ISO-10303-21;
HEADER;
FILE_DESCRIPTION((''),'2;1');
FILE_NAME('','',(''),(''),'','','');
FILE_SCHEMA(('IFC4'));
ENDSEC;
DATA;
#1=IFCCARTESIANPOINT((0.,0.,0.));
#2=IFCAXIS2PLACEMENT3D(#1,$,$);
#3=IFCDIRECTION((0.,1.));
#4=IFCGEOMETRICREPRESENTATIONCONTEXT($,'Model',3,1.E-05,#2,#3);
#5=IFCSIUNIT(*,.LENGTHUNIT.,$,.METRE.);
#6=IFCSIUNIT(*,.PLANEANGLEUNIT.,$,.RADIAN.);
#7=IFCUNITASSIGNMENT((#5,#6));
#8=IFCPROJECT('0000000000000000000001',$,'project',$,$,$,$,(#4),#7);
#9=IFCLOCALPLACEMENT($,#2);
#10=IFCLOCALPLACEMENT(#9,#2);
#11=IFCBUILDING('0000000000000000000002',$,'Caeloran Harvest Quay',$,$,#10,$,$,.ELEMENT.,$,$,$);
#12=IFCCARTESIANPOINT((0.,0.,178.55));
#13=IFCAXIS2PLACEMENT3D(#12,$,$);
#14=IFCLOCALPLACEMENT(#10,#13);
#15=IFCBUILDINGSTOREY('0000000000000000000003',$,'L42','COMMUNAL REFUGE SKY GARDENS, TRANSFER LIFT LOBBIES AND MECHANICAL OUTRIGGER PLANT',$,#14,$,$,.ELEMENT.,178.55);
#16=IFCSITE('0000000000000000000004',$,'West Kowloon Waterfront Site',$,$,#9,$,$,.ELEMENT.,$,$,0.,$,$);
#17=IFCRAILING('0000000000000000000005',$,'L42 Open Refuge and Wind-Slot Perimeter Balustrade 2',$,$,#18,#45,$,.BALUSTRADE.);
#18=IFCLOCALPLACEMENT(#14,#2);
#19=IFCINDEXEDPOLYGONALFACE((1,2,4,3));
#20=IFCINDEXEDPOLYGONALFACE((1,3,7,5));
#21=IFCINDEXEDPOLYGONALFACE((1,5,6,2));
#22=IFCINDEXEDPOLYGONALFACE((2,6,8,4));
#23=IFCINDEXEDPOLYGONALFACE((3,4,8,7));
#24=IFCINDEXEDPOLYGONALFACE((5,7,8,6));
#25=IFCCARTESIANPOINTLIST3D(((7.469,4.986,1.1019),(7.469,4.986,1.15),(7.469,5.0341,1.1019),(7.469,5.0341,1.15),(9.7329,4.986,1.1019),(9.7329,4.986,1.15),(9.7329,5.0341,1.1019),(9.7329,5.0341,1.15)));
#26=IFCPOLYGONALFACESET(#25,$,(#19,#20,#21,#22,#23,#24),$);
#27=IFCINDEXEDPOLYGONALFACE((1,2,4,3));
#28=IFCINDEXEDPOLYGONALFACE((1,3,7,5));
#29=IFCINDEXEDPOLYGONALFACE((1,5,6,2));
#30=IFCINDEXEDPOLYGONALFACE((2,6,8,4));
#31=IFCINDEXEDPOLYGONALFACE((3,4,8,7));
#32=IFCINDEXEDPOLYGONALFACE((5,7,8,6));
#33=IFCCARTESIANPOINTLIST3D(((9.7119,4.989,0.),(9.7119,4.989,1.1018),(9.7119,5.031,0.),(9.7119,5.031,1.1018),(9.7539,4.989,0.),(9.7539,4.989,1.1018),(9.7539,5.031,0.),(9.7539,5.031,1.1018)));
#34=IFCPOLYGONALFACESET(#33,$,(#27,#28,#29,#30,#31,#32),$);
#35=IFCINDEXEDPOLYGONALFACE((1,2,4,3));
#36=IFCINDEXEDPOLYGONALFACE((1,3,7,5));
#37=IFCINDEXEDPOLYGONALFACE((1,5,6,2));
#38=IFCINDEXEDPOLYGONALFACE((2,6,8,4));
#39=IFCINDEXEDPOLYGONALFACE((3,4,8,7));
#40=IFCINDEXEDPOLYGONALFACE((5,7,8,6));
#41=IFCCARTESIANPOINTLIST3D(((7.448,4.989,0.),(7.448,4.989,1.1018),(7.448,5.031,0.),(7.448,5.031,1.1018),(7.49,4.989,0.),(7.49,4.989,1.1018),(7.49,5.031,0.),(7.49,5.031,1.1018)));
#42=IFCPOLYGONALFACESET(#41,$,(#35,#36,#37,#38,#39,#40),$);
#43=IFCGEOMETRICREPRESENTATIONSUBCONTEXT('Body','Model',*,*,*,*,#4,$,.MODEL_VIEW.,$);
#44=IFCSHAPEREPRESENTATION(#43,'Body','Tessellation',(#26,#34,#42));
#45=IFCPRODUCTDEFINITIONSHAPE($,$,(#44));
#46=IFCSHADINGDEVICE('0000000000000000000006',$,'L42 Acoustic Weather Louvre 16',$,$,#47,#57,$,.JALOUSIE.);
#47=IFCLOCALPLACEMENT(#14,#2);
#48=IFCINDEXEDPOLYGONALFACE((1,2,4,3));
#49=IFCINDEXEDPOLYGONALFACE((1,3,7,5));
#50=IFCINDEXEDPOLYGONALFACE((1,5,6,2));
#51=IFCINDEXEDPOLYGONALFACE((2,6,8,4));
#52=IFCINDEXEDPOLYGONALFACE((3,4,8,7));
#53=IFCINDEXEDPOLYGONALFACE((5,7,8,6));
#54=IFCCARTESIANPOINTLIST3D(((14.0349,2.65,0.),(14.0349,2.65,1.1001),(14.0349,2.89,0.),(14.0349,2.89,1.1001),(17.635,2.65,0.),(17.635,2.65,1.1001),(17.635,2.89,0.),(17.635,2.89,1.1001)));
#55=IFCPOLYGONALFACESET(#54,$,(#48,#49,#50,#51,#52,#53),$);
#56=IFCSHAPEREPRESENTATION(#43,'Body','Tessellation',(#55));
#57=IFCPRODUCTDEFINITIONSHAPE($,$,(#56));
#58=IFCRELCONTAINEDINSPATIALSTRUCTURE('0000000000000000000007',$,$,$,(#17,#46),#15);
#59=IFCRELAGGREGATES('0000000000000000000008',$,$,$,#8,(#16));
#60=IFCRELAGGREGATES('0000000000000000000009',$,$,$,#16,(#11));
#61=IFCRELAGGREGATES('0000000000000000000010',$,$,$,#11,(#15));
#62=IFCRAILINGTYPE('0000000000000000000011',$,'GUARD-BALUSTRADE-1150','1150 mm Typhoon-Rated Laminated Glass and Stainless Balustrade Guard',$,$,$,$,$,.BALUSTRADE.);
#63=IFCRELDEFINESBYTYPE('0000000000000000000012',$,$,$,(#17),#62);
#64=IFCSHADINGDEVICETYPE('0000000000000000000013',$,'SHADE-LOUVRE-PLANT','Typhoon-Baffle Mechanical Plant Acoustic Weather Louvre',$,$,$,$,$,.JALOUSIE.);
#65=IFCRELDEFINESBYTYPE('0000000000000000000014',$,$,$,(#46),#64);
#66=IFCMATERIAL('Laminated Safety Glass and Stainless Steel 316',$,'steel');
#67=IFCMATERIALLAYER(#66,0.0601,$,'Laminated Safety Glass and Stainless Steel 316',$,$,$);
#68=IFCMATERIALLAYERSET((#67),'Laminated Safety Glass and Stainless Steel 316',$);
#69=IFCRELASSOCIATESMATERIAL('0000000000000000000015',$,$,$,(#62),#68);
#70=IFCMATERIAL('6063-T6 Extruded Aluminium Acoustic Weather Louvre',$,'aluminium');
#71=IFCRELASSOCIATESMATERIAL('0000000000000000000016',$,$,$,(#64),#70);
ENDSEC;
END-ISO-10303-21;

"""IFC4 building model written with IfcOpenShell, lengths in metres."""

from ifc_helpers import new_model, si_unit, direction, frame, origin, origin_2d, place, context, subcontext, project, spatial, rectangle, extrude, material, layer, layer_set, type_object, element, save


model = new_model("IFC4")

# Units and contexts
model_context = context("Model", 3, precision=1e-05, world=origin(), true_north=direction((0.0, 1.0)))
body_context = subcontext(model_context, "Body", "Model", "MODEL_VIEW")
ifc_project = project(units=[si_unit("LENGTHUNIT", "METRE"), si_unit("PLANEANGLEUNIT", "RADIAN")], contexts=[model_context])

# Site, building, storey
site_placement = place(None, origin())
site = spatial("IfcSite", under=ifc_project, at=site_placement, Name="West Kowloon Waterfront Site", CompositionType="ELEMENT", RefElevation=0.0)
building_placement = place(site_placement, origin())
building = spatial("IfcBuilding", under=site, at=building_placement, Name="Caeloran Harvest Quay", CompositionType="ELEMENT")
storey_placement = place(building_placement, frame((0.0, 0.0, 178.55)))
storey = spatial("IfcBuildingStorey", under=building, at=storey_placement, Name="L42", Description="COMMUNAL REFUGE SKY GARDENS, TRANSFER LIFT LOBBIES AND MECHANICAL OUTRIGGER PLANT", CompositionType="ELEMENT", Elevation=178.55)

# Railing
ifc_material_1 = material(Name="Laminated Safety Glass and Stainless Steel 316", Category="steel")
ifc_layer_1 = layer(ifc_material_1, 0.0601, Name="Laminated Safety Glass and Stainless Steel 316")
ifc_layer_set_1 = layer_set([ifc_layer_1], Name="Laminated Safety Glass and Stainless Steel 316")
railing_type = type_object("IfcRailingType", Name="GUARD-BALUSTRADE-1150", Description="1150 mm Typhoon-Rated Laminated Glass and Stainless Balustrade Guard", PredefinedType="BALUSTRADE", material=ifc_layer_set_1)
railing_placement = place(storey_placement, frame((9.7329, 5.01, 0.0)))
element("IfcRailing", 1, at=railing_placement, inside=storey, type_object=railing_type, Name="L42 Open Refuge and Wind-Slot Perimeter Balustrade 2", PredefinedType="BALUSTRADE", context=body_context, shape_type="SweptSolid", body=[
    extrude(rectangle(XDim=0.0481, YDim=0.0481, at=origin_2d()), frame((0.0, 0.0, 1.126), z_axis=(-1.0, 0.0, 0.0), x_axis=(0.0, -1.0, 0.0)), (0.0, 0.0, 1.0), 2.2639),
    extrude(rectangle(XDim=0.042, YDim=0.042, at=origin_2d()), origin(), (0.0, 0.0, 1.0), 1.1018),
    extrude(rectangle(XDim=0.042, YDim=0.042, at=origin_2d()), frame((-2.2639, 0.0, 0.0)), (0.0, 0.0, 1.0), 1.1018),
])

# Shading device
ifc_material_2 = material(Name="6063-T6 Extruded Aluminium Acoustic Weather Louvre", Category="aluminium")
shading_device_type = type_object("IfcShadingDeviceType", Name="SHADE-LOUVRE-PLANT", Description="Typhoon-Baffle Mechanical Plant Acoustic Weather Louvre", PredefinedType="JALOUSIE", material=ifc_material_2)
shading_device_placement = place(storey_placement, frame((15.835, 2.77, 0.0), z_axis=(0.0, 0.0, 1.0), x_axis=(-1.0, 0.0, 0.0)))
element("IfcShadingDevice", 2, at=shading_device_placement, inside=storey, type_object=shading_device_type, Name="L42 Acoustic Weather Louvre 16", PredefinedType="JALOUSIE", context=body_context, shape_type="SweptSolid", body=[
    extrude(rectangle(XDim=3.6001, YDim=0.24, at=origin_2d()), origin(), (0.0, 0.0, 1.0), 1.1001),
])

save(model, "model.ifc")
